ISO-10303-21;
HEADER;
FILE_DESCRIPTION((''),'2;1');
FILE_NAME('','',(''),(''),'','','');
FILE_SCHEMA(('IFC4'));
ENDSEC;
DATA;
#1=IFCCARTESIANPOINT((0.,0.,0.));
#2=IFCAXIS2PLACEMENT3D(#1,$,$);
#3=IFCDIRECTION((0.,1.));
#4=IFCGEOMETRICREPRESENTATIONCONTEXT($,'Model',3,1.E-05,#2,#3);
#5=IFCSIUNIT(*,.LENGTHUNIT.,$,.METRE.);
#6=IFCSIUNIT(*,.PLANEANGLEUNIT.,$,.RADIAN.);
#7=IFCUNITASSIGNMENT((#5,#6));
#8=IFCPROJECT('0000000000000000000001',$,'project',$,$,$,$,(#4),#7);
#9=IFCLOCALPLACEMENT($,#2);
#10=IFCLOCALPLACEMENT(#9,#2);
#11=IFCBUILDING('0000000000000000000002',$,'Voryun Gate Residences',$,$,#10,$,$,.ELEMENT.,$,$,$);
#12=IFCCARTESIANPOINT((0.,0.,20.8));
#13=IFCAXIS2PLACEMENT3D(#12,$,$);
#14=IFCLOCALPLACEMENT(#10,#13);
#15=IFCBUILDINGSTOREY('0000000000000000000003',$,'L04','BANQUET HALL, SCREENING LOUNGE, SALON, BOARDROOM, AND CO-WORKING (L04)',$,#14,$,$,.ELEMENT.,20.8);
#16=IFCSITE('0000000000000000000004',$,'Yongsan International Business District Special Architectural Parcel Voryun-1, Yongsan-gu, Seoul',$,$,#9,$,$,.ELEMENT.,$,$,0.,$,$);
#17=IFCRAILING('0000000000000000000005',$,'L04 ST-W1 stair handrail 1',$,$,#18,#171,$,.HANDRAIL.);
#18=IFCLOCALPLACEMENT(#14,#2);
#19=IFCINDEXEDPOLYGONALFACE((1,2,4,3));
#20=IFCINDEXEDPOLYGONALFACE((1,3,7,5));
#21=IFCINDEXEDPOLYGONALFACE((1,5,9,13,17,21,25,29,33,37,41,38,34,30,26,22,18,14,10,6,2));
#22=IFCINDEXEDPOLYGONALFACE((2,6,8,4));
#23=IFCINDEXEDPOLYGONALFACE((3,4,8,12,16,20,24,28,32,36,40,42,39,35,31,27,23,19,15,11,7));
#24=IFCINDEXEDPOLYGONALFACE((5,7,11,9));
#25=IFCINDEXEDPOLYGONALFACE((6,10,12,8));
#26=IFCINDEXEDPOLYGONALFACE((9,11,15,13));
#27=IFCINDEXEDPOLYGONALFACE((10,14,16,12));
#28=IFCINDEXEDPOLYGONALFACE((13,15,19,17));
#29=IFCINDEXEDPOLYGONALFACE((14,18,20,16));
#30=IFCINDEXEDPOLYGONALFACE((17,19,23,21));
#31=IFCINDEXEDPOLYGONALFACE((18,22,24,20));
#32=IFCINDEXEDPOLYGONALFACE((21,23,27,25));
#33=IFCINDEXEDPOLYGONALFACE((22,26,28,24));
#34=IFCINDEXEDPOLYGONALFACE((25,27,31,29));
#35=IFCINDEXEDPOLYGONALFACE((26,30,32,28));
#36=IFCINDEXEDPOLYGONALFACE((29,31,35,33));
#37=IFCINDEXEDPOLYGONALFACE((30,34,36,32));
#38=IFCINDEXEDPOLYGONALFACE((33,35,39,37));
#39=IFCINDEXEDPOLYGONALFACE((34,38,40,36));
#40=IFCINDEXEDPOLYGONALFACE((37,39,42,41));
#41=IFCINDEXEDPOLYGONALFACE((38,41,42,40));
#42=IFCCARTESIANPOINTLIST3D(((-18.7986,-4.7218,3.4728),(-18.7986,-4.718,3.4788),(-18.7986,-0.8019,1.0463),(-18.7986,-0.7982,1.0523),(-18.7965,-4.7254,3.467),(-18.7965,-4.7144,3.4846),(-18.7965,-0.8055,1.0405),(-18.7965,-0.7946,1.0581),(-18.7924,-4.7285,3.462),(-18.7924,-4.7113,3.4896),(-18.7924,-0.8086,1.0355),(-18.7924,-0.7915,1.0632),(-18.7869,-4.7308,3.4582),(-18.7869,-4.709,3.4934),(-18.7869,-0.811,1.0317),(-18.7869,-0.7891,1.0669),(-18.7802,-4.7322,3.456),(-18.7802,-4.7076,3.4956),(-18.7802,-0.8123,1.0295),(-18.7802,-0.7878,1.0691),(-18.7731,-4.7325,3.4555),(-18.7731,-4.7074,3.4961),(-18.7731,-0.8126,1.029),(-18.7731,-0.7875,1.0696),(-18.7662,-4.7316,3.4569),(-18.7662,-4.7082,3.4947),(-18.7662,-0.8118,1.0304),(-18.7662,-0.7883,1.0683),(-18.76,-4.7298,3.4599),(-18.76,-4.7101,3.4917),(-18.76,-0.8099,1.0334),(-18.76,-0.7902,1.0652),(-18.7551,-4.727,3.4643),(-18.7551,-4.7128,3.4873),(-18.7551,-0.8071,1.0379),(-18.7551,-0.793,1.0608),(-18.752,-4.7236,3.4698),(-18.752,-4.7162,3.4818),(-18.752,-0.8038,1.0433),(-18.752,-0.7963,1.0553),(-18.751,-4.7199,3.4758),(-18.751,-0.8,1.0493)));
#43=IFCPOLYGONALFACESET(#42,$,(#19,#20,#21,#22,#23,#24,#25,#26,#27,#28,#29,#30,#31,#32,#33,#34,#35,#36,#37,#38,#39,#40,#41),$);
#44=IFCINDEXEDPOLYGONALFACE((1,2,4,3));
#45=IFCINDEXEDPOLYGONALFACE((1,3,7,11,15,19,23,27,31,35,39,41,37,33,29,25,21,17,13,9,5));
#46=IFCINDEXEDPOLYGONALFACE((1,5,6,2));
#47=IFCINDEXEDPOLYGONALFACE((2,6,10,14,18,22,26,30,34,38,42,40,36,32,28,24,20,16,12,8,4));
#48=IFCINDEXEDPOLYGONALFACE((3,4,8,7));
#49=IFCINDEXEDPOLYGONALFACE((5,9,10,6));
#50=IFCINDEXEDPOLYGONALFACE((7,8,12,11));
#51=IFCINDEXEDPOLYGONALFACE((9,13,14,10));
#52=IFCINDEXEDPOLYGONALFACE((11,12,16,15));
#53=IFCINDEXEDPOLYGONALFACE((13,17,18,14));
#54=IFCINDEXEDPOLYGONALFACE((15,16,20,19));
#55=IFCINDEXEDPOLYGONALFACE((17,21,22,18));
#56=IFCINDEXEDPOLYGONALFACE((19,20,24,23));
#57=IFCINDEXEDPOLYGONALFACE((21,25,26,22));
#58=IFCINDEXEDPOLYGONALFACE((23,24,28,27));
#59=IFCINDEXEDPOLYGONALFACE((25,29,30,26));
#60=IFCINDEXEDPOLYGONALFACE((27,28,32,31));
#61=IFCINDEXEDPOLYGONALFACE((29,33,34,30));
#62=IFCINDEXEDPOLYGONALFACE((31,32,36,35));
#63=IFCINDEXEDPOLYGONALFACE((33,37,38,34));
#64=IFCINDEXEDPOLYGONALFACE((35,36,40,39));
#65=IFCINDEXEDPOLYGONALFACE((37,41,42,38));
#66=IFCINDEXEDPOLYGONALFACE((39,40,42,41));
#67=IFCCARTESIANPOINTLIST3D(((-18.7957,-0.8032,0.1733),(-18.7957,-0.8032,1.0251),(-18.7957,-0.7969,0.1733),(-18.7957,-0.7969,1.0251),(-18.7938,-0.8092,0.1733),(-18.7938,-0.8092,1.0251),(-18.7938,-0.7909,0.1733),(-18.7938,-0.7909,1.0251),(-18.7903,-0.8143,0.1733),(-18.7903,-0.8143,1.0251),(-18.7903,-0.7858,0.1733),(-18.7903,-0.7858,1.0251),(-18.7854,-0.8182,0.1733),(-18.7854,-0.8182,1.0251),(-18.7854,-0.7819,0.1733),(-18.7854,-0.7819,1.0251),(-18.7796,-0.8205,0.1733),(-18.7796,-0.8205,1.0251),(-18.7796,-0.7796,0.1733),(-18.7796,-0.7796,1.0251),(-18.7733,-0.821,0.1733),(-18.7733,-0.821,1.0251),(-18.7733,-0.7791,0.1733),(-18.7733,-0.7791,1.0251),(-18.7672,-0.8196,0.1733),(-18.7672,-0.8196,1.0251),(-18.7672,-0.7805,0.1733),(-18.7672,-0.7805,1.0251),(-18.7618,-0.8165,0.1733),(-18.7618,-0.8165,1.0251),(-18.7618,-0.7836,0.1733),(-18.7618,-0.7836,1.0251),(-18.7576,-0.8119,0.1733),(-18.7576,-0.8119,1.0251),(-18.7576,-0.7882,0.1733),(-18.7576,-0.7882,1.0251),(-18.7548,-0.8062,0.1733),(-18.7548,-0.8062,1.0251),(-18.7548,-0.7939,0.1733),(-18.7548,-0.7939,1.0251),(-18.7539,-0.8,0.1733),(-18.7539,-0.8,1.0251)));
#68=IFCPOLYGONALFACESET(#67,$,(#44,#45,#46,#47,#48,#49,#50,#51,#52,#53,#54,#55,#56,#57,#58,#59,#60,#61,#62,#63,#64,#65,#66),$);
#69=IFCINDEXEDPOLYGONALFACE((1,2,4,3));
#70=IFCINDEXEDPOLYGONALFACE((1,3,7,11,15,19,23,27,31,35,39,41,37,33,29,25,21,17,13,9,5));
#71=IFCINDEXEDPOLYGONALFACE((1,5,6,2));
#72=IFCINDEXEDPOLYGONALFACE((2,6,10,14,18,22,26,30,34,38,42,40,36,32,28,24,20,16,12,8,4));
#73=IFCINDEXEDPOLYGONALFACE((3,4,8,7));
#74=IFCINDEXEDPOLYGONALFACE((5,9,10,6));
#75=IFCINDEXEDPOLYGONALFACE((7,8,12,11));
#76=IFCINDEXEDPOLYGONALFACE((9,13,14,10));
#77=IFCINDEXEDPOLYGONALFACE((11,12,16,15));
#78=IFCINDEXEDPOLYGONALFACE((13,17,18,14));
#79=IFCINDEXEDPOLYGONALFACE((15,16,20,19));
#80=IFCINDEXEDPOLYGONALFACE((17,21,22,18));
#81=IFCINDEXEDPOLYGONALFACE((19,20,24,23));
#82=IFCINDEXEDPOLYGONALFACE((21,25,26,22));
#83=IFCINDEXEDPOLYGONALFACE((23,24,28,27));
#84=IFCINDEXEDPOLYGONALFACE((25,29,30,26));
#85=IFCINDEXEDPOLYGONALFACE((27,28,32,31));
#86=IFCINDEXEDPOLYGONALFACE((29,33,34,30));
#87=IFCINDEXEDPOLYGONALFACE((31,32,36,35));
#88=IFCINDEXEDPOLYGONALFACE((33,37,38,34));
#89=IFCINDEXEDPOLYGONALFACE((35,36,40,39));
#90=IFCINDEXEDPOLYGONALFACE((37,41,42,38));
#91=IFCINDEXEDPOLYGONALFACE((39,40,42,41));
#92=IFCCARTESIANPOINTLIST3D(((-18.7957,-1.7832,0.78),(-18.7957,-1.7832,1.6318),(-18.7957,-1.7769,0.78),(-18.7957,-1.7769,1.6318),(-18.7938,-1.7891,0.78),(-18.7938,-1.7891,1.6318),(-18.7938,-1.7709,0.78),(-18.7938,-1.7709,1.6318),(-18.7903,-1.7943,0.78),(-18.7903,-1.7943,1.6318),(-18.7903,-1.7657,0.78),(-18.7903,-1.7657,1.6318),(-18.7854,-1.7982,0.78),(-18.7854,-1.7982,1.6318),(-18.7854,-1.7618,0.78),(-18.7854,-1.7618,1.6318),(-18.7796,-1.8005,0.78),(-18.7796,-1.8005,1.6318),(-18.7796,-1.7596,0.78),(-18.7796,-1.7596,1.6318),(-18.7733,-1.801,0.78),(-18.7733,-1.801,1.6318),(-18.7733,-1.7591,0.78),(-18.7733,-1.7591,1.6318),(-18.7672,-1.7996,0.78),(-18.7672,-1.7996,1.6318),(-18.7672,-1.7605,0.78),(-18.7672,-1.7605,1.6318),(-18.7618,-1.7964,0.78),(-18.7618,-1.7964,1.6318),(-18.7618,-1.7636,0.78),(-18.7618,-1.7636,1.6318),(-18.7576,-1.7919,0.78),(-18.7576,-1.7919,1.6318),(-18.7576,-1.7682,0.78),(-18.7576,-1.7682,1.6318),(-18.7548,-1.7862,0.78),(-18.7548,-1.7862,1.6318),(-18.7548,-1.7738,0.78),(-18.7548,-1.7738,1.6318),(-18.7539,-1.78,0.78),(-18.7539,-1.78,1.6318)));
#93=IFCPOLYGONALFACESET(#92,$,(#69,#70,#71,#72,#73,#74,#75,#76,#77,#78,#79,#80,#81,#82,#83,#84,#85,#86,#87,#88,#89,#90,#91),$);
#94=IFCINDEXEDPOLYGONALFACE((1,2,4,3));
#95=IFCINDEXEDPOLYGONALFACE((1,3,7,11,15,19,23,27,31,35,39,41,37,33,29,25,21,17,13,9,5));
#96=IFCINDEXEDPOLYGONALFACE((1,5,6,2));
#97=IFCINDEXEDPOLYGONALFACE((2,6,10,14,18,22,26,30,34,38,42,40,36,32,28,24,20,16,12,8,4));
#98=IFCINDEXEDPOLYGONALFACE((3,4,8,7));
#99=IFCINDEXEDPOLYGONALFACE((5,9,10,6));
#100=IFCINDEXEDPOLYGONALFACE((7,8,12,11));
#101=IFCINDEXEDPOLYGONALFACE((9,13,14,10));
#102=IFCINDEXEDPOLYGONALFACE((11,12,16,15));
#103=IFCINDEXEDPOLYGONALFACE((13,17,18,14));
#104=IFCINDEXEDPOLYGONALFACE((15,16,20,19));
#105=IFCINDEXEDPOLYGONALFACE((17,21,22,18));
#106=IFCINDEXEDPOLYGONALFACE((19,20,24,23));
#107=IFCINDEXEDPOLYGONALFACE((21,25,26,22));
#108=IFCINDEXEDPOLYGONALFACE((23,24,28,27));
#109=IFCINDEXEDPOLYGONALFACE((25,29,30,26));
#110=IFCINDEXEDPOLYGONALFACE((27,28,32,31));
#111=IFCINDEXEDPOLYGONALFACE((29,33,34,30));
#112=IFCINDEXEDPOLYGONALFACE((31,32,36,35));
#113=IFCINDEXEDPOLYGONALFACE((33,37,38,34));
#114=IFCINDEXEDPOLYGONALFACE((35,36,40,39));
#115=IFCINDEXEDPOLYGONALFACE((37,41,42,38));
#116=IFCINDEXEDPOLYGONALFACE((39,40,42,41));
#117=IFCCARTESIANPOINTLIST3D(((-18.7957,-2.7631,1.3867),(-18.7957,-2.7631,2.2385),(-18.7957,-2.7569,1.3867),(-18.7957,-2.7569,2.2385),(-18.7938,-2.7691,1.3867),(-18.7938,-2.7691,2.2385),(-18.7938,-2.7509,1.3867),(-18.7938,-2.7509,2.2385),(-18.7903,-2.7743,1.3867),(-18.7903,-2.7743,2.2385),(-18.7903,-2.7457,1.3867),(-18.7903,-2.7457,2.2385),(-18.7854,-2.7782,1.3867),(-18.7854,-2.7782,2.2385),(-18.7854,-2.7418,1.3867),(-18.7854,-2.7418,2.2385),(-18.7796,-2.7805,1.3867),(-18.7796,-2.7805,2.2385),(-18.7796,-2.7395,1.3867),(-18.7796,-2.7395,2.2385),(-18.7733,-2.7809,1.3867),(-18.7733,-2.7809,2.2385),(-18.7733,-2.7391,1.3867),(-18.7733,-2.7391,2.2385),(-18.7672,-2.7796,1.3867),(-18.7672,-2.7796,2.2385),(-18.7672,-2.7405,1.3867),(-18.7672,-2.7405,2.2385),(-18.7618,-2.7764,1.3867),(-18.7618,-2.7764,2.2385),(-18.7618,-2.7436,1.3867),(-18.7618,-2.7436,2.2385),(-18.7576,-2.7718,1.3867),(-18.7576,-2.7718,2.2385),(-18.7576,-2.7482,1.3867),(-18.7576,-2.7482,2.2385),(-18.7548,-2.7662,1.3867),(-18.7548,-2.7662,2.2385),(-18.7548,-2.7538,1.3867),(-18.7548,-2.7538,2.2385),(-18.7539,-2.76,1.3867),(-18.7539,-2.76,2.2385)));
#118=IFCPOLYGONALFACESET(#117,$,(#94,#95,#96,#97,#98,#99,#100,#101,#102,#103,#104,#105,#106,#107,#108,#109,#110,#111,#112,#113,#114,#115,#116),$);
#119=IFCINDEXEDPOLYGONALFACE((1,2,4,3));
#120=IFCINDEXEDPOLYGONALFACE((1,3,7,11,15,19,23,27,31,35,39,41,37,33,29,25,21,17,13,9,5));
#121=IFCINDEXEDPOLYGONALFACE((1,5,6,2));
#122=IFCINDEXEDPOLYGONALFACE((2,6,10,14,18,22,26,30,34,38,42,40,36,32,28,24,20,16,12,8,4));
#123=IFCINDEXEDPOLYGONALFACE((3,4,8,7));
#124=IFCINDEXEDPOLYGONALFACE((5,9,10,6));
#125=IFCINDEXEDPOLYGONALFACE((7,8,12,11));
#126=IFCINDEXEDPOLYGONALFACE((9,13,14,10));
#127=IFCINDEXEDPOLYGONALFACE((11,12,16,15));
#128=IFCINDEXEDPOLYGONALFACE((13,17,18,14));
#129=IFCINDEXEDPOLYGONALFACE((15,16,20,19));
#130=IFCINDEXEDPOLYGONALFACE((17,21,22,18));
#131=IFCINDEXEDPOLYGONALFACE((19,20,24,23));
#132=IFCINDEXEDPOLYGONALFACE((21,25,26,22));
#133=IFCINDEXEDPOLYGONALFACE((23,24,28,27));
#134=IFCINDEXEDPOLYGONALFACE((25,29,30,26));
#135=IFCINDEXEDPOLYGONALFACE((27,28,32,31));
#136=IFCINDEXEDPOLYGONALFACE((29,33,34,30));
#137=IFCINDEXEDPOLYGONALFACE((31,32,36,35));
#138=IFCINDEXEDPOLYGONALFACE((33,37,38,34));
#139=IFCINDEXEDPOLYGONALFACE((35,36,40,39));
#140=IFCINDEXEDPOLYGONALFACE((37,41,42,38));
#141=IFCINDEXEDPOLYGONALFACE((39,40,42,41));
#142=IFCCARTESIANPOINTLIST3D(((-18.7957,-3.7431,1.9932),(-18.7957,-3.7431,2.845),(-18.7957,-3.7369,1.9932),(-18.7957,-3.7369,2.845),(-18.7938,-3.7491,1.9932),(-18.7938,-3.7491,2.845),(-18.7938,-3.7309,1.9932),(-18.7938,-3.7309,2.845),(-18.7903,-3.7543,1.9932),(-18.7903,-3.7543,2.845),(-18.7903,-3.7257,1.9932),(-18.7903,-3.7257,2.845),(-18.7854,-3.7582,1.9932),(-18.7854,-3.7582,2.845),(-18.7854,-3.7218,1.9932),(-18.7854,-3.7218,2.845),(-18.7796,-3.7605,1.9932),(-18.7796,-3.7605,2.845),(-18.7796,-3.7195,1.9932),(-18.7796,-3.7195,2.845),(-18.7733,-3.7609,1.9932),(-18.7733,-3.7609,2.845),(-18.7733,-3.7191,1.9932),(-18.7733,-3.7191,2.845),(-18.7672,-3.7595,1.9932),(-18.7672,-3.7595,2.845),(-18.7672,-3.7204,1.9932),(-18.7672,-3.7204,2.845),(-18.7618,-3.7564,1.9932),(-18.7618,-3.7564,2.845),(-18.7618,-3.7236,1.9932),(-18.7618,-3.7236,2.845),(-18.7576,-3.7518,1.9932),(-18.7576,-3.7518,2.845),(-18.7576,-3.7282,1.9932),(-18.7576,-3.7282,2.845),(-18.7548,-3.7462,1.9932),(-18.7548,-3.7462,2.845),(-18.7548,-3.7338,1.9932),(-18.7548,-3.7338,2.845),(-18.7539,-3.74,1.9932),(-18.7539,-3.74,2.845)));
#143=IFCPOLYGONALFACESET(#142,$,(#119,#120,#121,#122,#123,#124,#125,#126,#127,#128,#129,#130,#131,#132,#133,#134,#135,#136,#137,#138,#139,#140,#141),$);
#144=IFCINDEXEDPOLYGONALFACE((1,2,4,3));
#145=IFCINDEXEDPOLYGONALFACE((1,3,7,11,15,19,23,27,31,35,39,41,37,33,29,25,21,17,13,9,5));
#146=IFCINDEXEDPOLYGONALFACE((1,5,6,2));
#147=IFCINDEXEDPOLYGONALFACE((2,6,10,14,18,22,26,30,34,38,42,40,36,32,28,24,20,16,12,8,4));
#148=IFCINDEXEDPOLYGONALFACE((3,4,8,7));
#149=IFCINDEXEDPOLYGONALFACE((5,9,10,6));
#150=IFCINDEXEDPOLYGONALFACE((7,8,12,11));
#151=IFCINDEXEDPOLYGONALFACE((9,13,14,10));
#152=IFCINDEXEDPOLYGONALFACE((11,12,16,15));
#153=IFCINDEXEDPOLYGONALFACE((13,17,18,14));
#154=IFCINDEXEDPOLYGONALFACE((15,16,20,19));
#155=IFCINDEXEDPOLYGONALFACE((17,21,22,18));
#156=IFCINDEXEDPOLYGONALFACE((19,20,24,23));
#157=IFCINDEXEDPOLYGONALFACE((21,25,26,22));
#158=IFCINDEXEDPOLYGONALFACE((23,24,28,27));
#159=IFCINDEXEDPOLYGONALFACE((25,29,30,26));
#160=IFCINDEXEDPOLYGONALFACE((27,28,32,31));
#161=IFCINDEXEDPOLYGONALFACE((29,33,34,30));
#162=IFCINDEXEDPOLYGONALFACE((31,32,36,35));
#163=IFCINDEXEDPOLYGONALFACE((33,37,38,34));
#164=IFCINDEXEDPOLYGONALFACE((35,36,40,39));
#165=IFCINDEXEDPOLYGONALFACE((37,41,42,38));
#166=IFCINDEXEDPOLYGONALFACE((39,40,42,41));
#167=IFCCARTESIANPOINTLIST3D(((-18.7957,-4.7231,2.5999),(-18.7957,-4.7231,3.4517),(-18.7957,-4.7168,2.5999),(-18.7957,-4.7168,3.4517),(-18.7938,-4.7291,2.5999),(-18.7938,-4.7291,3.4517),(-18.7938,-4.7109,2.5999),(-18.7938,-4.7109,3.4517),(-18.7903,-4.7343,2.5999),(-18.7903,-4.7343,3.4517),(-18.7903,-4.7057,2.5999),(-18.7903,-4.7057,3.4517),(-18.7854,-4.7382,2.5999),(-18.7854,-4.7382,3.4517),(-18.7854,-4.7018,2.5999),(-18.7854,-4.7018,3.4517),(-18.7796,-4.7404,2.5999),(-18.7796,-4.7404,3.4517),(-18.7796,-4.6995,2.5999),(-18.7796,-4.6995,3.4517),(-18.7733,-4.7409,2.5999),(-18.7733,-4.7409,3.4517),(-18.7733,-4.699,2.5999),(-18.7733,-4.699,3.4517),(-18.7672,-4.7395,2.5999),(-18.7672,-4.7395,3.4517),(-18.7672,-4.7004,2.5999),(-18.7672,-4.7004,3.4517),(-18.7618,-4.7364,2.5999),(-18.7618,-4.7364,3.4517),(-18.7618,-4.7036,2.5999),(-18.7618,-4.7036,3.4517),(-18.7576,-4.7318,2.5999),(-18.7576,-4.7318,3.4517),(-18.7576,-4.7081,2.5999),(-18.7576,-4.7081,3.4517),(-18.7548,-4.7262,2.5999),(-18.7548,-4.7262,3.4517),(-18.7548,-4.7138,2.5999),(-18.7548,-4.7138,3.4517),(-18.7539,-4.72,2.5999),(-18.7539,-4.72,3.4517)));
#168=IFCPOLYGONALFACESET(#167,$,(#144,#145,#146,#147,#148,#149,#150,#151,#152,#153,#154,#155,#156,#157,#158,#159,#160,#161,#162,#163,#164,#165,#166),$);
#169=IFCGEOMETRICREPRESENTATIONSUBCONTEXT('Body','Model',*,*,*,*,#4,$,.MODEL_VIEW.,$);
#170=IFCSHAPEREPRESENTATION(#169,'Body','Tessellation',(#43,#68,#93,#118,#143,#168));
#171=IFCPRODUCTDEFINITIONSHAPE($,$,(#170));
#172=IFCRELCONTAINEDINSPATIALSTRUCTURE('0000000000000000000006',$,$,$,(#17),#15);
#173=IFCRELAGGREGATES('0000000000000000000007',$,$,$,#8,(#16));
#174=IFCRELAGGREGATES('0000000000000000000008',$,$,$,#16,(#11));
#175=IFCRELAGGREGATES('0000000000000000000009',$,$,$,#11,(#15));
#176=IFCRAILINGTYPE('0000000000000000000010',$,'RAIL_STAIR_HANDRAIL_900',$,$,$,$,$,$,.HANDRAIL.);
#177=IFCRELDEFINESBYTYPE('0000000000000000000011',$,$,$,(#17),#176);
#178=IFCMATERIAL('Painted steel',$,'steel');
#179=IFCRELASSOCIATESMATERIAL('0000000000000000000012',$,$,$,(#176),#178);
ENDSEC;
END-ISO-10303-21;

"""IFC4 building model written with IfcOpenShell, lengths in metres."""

from ifc_helpers import new_model, si_unit, direction, frame, origin, origin_2d, place, context, subcontext, project, spatial, circle, extrude, material, type_object, element, save


model = new_model("IFC4")

# Units and contexts
model_context = context("Model", 3, precision=1e-05, world=origin(), true_north=direction((0.0, 1.0)))
body_context = subcontext(model_context, "Body", "Model", "MODEL_VIEW")
ifc_project = project(units=[si_unit("LENGTHUNIT", "METRE"), si_unit("PLANEANGLEUNIT", "RADIAN")], contexts=[model_context])

# Site, building, storey
site_placement = place(None, origin())
site = spatial("IfcSite", under=ifc_project, at=site_placement, Name="Yongsan International Business District Special Architectural Parcel Voryun-1, Yongsan-gu, Seoul", CompositionType="ELEMENT", RefElevation=0.0)
building_placement = place(site_placement, origin())
building = spatial("IfcBuilding", under=site, at=building_placement, Name="Voryun Gate Residences", CompositionType="ELEMENT")
storey_placement = place(building_placement, frame((0.0, 0.0, 20.8)))
storey = spatial("IfcBuildingStorey", under=building, at=storey_placement, Name="L04", Description="BANQUET HALL, SCREENING LOUNGE, SALON, BOARDROOM, AND CO-WORKING (L04)", CompositionType="ELEMENT", Elevation=20.8)

# Railing
ifc_material_1 = material(Name="Painted steel", Category="steel")
railing_type_1 = type_object("IfcRailingType", Name="RAIL_STAIR_HANDRAIL_900", PredefinedType="HANDRAIL", material=ifc_material_1)
railing_1_placement = place(storey_placement, frame((-18.7749, -0.8, 0.1733)))
element("IfcRailing", 1, at=railing_1_placement, inside=storey, type_object=railing_type_1, Name="L04 ST-W1 stair handrail 1", PredefinedType="HANDRAIL", context=body_context, shape_type="SweptSolid", body=[
    extrude(circle(Radius=0.0239, at=origin_2d()), frame((0.0, 0.0, 0.876), z_axis=(0.0, -0.850275, 0.526338), x_axis=(1.0, 0.0, 0.0)), (0.0, 0.0, 1.0), 4.6101),
    extrude(circle(Radius=0.021, at=origin_2d()), origin(), (0.0, 0.0, 1.0), 0.8518),
    extrude(circle(Radius=0.021, at=origin_2d()), frame((0.0, -0.98, 0.6067)), (0.0, 0.0, 1.0), 0.8518),
    extrude(circle(Radius=0.021, at=origin_2d()), frame((0.0, -1.96, 1.2134)), (0.0, 0.0, 1.0), 0.8518),
    extrude(circle(Radius=0.021, at=origin_2d()), frame((0.0, -2.9399, 1.8198)), (0.0, 0.0, 1.0), 0.8518),
    extrude(circle(Radius=0.021, at=origin_2d()), frame((0.0, -3.9199, 2.4265)), (0.0, 0.0, 1.0), 0.8518),
])

save(model, "model.ifc")
